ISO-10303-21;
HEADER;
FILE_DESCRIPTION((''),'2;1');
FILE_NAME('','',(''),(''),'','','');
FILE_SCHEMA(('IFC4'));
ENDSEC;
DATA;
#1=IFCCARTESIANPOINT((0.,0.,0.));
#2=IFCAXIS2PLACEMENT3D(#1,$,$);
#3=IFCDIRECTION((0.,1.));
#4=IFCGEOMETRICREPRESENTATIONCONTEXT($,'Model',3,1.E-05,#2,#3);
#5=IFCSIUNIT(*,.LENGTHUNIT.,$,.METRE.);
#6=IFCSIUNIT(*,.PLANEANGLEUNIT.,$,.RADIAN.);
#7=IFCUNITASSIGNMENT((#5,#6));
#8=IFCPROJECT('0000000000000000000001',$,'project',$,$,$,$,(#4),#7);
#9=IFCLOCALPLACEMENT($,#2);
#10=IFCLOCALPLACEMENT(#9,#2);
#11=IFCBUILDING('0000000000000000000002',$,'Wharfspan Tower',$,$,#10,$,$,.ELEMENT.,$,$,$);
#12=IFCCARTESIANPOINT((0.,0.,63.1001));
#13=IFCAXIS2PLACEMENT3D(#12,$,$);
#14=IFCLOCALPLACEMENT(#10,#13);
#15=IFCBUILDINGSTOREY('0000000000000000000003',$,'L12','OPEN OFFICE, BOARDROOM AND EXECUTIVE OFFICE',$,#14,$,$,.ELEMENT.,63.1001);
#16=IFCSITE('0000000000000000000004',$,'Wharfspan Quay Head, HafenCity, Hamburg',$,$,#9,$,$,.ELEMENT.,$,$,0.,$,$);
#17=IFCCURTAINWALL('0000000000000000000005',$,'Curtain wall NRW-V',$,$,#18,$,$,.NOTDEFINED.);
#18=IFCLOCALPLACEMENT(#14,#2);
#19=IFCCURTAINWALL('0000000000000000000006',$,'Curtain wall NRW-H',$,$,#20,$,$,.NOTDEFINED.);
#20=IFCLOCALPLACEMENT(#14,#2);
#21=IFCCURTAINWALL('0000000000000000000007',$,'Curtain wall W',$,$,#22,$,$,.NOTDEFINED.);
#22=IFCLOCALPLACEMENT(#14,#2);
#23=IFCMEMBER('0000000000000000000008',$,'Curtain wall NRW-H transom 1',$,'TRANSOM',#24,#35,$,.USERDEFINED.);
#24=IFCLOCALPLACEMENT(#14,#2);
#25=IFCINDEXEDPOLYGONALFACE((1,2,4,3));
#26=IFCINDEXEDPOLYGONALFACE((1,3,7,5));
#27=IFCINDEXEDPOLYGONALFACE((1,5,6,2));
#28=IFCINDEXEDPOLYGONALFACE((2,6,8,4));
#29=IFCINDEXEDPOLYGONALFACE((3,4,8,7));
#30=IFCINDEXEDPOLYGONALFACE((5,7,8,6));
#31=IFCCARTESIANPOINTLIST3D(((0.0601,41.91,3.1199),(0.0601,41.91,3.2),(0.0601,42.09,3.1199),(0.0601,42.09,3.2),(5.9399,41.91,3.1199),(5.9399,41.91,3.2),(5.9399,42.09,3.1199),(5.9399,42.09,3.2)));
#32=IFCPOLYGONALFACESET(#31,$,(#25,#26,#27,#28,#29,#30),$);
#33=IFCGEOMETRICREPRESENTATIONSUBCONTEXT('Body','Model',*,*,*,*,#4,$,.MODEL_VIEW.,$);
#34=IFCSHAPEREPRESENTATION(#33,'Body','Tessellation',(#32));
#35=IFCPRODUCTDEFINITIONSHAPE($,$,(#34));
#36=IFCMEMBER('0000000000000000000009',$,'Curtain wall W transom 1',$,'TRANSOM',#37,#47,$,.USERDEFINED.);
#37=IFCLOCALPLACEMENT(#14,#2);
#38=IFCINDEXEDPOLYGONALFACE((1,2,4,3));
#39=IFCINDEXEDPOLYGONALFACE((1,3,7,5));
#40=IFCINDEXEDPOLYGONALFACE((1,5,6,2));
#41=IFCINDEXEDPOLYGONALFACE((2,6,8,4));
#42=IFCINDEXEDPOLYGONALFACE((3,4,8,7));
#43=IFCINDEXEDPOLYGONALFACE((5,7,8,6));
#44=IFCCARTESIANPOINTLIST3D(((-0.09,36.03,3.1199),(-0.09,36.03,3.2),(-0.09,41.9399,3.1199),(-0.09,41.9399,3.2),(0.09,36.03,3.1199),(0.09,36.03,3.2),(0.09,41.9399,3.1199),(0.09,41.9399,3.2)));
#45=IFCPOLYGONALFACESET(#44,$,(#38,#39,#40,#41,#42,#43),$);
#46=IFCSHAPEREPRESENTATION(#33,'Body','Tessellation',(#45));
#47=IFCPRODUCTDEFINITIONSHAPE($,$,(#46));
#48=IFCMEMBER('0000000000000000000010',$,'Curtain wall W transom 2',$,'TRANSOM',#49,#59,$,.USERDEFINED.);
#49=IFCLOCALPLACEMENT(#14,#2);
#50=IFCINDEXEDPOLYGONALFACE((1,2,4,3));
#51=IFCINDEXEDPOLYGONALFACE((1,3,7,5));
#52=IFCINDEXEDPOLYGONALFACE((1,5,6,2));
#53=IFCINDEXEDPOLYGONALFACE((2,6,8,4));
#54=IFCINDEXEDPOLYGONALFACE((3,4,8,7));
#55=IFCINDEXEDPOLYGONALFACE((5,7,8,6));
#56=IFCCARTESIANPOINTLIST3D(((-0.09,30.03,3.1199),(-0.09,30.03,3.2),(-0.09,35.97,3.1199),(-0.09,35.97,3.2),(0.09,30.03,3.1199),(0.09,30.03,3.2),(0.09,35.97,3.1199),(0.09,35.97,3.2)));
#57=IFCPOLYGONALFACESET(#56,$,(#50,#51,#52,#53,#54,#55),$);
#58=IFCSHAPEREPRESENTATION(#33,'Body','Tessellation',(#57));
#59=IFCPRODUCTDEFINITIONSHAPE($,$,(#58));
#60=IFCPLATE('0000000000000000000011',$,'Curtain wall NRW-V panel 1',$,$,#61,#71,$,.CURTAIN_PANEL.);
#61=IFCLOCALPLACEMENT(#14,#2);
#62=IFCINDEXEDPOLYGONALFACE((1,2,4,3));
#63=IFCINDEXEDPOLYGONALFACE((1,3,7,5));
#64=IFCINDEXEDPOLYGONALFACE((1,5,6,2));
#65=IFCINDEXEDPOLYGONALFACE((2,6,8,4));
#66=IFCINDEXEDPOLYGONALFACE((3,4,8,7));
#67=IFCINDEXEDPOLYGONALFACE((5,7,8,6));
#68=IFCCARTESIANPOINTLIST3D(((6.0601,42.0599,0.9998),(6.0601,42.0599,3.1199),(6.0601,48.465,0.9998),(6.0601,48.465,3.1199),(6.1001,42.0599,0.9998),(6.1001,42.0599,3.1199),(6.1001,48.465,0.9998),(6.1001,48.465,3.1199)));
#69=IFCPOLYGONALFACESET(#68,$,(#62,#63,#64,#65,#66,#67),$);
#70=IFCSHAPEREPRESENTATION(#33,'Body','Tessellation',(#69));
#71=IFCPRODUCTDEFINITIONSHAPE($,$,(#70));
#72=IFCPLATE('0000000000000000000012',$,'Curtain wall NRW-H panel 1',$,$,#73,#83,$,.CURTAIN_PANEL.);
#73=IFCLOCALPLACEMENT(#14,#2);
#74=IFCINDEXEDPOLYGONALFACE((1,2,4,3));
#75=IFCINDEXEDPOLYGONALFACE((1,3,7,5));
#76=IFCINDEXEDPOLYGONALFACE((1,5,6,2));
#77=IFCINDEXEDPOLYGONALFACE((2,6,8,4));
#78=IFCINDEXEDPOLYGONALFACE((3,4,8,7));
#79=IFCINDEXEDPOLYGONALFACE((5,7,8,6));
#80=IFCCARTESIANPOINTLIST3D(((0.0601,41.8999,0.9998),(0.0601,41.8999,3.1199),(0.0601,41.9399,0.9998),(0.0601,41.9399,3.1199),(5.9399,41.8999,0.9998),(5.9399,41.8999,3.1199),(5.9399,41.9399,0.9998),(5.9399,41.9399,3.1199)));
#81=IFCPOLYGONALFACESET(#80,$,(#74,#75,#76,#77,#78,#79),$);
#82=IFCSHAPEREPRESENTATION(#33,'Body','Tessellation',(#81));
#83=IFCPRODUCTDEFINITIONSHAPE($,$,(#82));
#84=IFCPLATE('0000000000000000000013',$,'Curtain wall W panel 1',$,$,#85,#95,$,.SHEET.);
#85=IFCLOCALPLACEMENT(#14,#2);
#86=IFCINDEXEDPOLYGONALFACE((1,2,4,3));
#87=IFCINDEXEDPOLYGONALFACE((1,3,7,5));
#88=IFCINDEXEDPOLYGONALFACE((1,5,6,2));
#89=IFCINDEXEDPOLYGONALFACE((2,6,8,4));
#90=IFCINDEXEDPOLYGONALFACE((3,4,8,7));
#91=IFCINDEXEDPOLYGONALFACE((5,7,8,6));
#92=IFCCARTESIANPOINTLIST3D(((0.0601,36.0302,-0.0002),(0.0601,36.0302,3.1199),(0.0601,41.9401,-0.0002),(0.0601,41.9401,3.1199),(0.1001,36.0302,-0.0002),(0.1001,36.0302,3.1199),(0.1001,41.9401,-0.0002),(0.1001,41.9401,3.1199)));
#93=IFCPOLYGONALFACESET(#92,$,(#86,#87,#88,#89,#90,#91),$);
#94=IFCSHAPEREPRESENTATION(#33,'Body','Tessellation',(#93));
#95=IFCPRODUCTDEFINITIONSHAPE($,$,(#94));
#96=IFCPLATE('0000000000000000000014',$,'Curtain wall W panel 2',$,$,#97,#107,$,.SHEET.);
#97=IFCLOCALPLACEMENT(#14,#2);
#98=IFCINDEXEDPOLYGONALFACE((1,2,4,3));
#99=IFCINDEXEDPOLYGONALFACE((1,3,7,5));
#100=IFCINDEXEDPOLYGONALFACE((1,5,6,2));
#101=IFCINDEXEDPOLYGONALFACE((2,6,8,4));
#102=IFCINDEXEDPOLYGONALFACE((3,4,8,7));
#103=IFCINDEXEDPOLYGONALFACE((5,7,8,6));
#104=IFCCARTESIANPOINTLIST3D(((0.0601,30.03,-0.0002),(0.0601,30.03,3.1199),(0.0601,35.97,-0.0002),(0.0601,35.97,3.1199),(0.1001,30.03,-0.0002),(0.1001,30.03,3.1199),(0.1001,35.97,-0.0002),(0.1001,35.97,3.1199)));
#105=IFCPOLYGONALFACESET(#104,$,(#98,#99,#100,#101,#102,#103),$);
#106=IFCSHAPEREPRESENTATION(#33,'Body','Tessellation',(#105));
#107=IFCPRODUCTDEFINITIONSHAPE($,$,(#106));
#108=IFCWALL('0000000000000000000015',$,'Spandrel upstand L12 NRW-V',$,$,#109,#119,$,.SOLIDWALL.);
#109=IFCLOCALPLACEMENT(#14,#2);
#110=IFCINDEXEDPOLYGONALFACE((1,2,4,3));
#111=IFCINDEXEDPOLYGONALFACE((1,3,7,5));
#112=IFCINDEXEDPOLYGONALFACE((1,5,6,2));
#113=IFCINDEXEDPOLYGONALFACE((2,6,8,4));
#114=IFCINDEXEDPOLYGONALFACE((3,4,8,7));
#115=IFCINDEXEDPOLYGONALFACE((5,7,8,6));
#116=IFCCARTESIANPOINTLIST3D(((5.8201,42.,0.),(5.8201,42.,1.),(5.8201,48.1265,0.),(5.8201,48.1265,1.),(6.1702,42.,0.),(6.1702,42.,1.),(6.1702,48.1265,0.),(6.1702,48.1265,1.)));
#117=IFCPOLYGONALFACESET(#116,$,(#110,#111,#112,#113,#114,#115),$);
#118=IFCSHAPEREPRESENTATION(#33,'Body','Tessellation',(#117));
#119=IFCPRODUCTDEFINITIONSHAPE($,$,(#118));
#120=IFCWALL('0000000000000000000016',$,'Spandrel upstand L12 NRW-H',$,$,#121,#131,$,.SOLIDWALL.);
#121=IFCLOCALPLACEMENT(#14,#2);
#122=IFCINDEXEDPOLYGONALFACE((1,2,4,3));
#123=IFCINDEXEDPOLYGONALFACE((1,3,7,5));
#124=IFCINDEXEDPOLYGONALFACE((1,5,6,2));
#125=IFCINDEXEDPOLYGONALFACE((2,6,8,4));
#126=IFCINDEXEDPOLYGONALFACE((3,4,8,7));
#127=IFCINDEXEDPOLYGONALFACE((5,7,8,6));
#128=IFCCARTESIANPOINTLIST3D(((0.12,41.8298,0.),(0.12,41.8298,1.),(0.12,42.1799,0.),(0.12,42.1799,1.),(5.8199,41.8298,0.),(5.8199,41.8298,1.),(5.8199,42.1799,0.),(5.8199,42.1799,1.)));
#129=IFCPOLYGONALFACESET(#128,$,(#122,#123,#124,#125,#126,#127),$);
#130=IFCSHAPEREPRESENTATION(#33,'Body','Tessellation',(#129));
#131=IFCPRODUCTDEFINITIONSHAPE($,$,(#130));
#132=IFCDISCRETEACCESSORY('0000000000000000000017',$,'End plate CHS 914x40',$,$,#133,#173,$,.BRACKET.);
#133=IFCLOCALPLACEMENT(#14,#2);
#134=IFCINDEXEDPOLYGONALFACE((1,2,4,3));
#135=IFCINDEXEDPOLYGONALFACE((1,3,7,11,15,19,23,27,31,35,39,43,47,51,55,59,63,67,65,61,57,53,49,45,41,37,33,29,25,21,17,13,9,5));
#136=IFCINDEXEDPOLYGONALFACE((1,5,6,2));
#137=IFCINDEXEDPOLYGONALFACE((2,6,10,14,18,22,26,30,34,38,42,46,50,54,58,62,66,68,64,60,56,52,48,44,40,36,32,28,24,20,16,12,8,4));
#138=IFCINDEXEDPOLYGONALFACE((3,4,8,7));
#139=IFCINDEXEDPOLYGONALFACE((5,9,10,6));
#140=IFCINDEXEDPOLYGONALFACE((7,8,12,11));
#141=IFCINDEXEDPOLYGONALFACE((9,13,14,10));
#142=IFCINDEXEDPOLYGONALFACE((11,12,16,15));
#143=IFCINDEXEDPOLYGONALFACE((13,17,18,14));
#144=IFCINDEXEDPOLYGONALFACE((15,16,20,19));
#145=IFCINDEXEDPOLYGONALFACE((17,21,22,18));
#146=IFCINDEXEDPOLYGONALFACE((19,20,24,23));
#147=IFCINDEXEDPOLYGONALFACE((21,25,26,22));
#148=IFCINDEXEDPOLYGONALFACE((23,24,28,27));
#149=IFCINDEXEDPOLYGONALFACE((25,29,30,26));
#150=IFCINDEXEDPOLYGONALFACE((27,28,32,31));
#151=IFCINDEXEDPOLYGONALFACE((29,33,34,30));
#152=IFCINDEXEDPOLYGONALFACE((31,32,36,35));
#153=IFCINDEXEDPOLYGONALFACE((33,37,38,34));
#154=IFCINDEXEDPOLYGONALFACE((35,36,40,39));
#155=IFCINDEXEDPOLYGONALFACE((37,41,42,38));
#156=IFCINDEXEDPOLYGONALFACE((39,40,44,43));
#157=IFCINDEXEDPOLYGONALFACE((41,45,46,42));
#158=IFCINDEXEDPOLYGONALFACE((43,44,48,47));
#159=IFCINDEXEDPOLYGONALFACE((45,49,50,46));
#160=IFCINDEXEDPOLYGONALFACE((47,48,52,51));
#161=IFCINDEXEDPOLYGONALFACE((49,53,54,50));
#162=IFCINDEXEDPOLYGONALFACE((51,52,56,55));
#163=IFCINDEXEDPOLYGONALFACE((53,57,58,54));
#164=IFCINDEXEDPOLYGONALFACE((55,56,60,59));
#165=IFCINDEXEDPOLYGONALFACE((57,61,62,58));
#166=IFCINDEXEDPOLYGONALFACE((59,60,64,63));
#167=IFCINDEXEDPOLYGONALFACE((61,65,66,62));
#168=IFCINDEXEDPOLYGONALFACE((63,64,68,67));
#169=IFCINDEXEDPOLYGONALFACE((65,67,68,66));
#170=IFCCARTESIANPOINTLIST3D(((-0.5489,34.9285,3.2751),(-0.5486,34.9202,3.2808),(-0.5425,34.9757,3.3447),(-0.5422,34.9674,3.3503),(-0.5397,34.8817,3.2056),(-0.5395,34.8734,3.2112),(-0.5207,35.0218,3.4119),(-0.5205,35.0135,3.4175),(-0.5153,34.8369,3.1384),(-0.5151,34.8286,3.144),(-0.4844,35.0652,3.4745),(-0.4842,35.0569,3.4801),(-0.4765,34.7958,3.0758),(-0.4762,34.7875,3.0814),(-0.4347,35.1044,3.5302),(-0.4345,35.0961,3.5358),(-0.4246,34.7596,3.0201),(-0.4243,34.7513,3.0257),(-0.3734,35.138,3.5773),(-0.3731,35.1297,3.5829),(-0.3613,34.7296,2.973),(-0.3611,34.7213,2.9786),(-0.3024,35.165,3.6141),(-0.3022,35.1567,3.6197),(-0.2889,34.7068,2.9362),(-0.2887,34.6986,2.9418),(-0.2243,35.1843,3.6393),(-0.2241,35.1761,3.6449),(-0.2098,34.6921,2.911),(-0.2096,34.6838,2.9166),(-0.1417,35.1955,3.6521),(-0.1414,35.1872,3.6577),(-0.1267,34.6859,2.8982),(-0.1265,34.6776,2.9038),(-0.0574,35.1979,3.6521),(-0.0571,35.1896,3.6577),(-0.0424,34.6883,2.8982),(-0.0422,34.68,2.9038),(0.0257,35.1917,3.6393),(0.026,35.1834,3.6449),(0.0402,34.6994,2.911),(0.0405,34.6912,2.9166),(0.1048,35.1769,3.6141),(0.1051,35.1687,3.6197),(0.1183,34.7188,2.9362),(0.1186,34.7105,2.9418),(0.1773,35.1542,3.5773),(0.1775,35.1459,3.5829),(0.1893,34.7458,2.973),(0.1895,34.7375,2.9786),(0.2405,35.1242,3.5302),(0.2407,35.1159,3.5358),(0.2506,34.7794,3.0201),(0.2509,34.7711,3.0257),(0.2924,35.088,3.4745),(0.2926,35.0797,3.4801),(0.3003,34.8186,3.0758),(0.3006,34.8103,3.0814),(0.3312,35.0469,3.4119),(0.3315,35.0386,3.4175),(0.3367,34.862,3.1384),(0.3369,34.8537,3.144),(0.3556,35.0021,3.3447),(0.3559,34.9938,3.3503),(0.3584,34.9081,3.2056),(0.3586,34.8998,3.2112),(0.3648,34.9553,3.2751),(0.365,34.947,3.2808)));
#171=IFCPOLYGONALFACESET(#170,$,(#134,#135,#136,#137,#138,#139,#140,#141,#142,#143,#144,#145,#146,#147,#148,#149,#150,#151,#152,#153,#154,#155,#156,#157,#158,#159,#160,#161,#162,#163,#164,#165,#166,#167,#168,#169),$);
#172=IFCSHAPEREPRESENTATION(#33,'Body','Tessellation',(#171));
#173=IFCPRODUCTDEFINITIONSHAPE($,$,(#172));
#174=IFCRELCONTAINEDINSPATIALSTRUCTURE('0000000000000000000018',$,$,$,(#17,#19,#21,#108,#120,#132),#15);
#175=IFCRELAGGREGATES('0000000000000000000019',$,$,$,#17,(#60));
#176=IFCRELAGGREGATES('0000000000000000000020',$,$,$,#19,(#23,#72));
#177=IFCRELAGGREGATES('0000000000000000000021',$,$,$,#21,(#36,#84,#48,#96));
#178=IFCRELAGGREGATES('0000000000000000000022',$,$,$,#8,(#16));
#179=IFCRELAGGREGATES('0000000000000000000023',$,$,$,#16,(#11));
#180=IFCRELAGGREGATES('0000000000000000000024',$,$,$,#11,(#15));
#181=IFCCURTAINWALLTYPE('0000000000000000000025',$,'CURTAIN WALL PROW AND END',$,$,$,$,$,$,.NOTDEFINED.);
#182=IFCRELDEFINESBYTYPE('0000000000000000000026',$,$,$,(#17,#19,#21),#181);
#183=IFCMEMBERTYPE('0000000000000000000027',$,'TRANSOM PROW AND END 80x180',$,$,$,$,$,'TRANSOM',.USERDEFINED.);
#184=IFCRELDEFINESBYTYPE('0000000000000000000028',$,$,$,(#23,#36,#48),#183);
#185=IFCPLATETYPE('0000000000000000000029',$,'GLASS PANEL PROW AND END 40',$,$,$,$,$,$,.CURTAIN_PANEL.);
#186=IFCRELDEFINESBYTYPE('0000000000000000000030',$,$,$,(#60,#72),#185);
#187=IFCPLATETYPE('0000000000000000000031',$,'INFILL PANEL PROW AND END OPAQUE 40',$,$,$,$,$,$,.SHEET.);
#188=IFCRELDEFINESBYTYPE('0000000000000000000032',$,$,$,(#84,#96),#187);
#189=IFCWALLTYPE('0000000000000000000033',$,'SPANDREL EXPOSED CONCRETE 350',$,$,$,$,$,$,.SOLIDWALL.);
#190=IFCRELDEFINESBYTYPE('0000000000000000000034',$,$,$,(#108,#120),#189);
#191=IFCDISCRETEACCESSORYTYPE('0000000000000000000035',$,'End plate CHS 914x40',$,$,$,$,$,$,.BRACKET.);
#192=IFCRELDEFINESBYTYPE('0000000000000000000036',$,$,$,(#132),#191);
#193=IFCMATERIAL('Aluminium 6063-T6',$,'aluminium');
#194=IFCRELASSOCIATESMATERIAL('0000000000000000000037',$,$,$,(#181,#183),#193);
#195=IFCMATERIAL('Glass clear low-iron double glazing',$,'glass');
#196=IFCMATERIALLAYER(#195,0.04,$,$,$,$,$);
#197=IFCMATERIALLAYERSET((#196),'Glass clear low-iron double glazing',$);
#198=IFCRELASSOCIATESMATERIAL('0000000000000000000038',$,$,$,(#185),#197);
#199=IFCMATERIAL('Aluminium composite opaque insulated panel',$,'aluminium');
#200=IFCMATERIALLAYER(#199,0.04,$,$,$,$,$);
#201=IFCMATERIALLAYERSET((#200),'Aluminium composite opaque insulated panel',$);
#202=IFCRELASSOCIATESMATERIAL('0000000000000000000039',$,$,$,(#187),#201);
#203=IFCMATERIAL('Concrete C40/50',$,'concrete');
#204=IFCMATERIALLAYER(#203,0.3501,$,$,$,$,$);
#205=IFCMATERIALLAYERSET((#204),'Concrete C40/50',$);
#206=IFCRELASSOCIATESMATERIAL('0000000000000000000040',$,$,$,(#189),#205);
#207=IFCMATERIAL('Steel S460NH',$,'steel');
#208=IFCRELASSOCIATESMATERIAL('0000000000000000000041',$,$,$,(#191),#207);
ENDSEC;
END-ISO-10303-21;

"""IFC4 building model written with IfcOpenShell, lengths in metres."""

from ifc_helpers import new_model, si_unit, direction, frame, frame_2d, origin, origin_2d, place, context, subcontext, project, spatial, rectangle, circle, extrude, material, layer, layer_set, material_profile, profile_set, type_object, element, aggregate, save


model = new_model("IFC4")

# Units and contexts
model_context = context("Model", 3, precision=1e-05, world=origin(), true_north=direction((0.0, 1.0)))
body_context = subcontext(model_context, "Body", "Model", "MODEL_VIEW")
ifc_project = project(units=[si_unit("LENGTHUNIT", "METRE"), si_unit("PLANEANGLEUNIT", "RADIAN")], contexts=[model_context])

# Site, building, storey
site_placement = place(None, origin())
site = spatial("IfcSite", under=ifc_project, at=site_placement, Name="Wharfspan Quay Head, HafenCity, Hamburg", CompositionType="ELEMENT", RefElevation=0.0)
building_placement = place(site_placement, origin())
building = spatial("IfcBuilding", under=site, at=building_placement, Name="Wharfspan Tower", CompositionType="ELEMENT")
storey_placement = place(building_placement, frame((0.0, 0.0, 63.1001)))
storey = spatial("IfcBuildingStorey", under=building, at=storey_placement, Name="L12", Description="OPEN OFFICE, BOARDROOM AND EXECUTIVE OFFICE", CompositionType="ELEMENT", Elevation=63.1001)

# Curtain walls
ifc_material_1 = material(Name="Aluminium 6063-T6", Category="aluminium")
curtain_wall_type = type_object("IfcCurtainWallType", Name="CURTAIN WALL PROW AND END", PredefinedType="NOTDEFINED", material=ifc_material_1)
curtain_wall_1_placement = place(storey_placement, origin())
curtain_wall_1 = element("IfcCurtainWall", 1, at=curtain_wall_1_placement, inside=storey, type_object=curtain_wall_type, Name="Curtain wall NRW-V", PredefinedType="NOTDEFINED")
curtain_wall_2_placement = place(storey_placement, origin())
curtain_wall_2 = element("IfcCurtainWall", 2, at=curtain_wall_2_placement, inside=storey, type_object=curtain_wall_type, Name="Curtain wall NRW-H", PredefinedType="NOTDEFINED")
curtain_wall_3_placement = place(storey_placement, origin())
curtain_wall_3 = element("IfcCurtainWall", 3, at=curtain_wall_3_placement, inside=storey, type_object=curtain_wall_type, Name="Curtain wall W", PredefinedType="NOTDEFINED")

# Shared definitions
ifc_material_2 = material(Name="Steel S460NH", Category="steel")

# Members
ifc_material_profile_1 = material_profile(ifc_material_1, rectangle(XDim=0.1799, YDim=0.0801, at=origin_2d()))
ifc_profile_set_1 = profile_set([ifc_material_profile_1], Name="Aluminium 6063-T6")
member_type_1 = type_object("IfcMemberType", Name="TRANSOM PROW AND END 80x180", ElementType="TRANSOM", PredefinedType="USERDEFINED", material=ifc_profile_set_1)
member_1_placement = place(storey_placement, frame((5.9399, 42.0, 3.1599), z_axis=(-1.0, 0.0, 0.0), x_axis=(0.0, -1.0, 0.0)))
member_1 = element("IfcMember", 4, at=member_1_placement, type_object=member_type_1, Name="Curtain wall NRW-H transom 1", ObjectType="TRANSOM", PredefinedType="USERDEFINED", context=body_context, shape_type="SweptSolid", body=[
    extrude(rectangle(XDim=0.1799, YDim=0.0801, at=origin_2d()), origin(), (0.0, 0.0, 1.0), 5.8799),
])
member_2_placement = place(storey_placement, frame((0.0, 41.9399, 3.1599), z_axis=(0.0, -1.0, 0.0), x_axis=(1.0, 0.0, 0.0)))
member_2 = element("IfcMember", 5, at=member_2_placement, type_object=member_type_1, Name="Curtain wall W transom 1", ObjectType="TRANSOM", PredefinedType="USERDEFINED", context=body_context, shape_type="SweptSolid", body=[
    extrude(rectangle(XDim=0.1799, YDim=0.0801, at=origin_2d()), origin(), (0.0, 0.0, 1.0), 5.9099),
])
member_3_placement = place(storey_placement, frame((0.0, 35.97, 3.1599), z_axis=(0.0, -1.0, 0.0), x_axis=(1.0, 0.0, 0.0)))
member_3 = element("IfcMember", 6, at=member_3_placement, type_object=member_type_1, Name="Curtain wall W transom 2", ObjectType="TRANSOM", PredefinedType="USERDEFINED", context=body_context, shape_type="SweptSolid", body=[
    extrude(rectangle(XDim=0.1799, YDim=0.0801, at=origin_2d()), origin(), (0.0, 0.0, 1.0), 5.9399),
])

# Plates
ifc_material_3 = material(Name="Glass clear low-iron double glazing", Category="glass")
ifc_layer_1 = layer(ifc_material_3, 0.04)
ifc_layer_set_1 = layer_set([ifc_layer_1], Name="Glass clear low-iron double glazing")
plate_type_1 = type_object("IfcPlateType", Name="GLASS PANEL PROW AND END 40", PredefinedType="CURTAIN_PANEL", material=ifc_layer_set_1)
plate_1_placement = place(storey_placement, frame((6.0801, 45.2625, 0.9998), z_axis=(0.0, 0.0, 1.0), x_axis=(0.0, -1.0, 0.0)))
plate_1 = element("IfcPlate", 7, at=plate_1_placement, type_object=plate_type_1, Name="Curtain wall NRW-V panel 1", PredefinedType="CURTAIN_PANEL", context=body_context, shape_type="SweptSolid", body=[
    extrude(rectangle(XDim=6.405, YDim=0.04, at=origin_2d()), origin(), (0.0, 0.0, 1.0), 2.1201),
])
aggregate(curtain_wall_1, [plate_1])
plate_2_placement = place(storey_placement, frame((3.0, 41.9199, 0.9998), z_axis=(0.0, 0.0, 1.0), x_axis=(-1.0, 0.0, 0.0)))
plate_2 = element("IfcPlate", 8, at=plate_2_placement, type_object=plate_type_1, Name="Curtain wall NRW-H panel 1", PredefinedType="CURTAIN_PANEL", context=body_context, shape_type="SweptSolid", body=[
    extrude(rectangle(XDim=5.8799, YDim=0.04, at=origin_2d()), origin(), (0.0, 0.0, 1.0), 2.1201),
])
aggregate(curtain_wall_2, [member_1, plate_2])
ifc_material_4 = material(Name="Aluminium composite opaque insulated panel", Category="aluminium")
ifc_layer_2 = layer(ifc_material_4, 0.04)
ifc_layer_set_2 = layer_set([ifc_layer_2], Name="Aluminium composite opaque insulated panel")
plate_type_2 = type_object("IfcPlateType", Name="INFILL PANEL PROW AND END OPAQUE 40", PredefinedType="SHEET", material=ifc_layer_set_2)
plate_3_placement = place(storey_placement, frame((0.0801, 38.9851, -0.0002), z_axis=(0.0, 0.0, 1.0), x_axis=(0.0, -1.0, 0.0)))
plate_3 = element("IfcPlate", 9, at=plate_3_placement, type_object=plate_type_2, Name="Curtain wall W panel 1", PredefinedType="SHEET", context=body_context, shape_type="SweptSolid", body=[
    extrude(rectangle(XDim=5.9099, YDim=0.04, at=origin_2d()), origin(), (0.0, 0.0, 1.0), 3.1201),
])
plate_4_placement = place(storey_placement, frame((0.0801, 33.0, -0.0002), z_axis=(0.0, 0.0, 1.0), x_axis=(0.0, -1.0, 0.0)))
plate_4 = element("IfcPlate", 10, at=plate_4_placement, type_object=plate_type_2, Name="Curtain wall W panel 2", PredefinedType="SHEET", context=body_context, shape_type="SweptSolid", body=[
    extrude(rectangle(XDim=5.9399, YDim=0.04, at=origin_2d()), origin(), (0.0, 0.0, 1.0), 3.1201),
])
aggregate(curtain_wall_3, [member_2, plate_3, member_3, plate_4])

# Walls
ifc_material_5 = material(Name="Concrete C40/50", Category="concrete")
ifc_layer_3 = layer(ifc_material_5, 0.3501)
ifc_layer_set_3 = layer_set([ifc_layer_3], Name="Concrete C40/50")
wall_type = type_object("IfcWallType", Name="SPANDREL EXPOSED CONCRETE 350", PredefinedType="SOLIDWALL", material=ifc_layer_set_3)
wall_1_placement = place(storey_placement, frame((5.9951, 48.1265, 0.0), z_axis=(0.0, 0.0, 1.0), x_axis=(0.0, -1.0, 0.0)))
element("IfcWall", 11, at=wall_1_placement, inside=storey, type_object=wall_type, Name="Spandrel upstand L12 NRW-V", PredefinedType="SOLIDWALL", context=body_context, shape_type="SweptSolid", body=[
    extrude(rectangle(XDim=6.1265, YDim=0.3501, at=frame_2d((3.0632, 0.0))), origin(), (0.0, 0.0, 1.0), 1.0),
])
wall_2_placement = place(storey_placement, frame((5.8201, 42.0049, 0.0), z_axis=(0.0, 0.0, 1.0), x_axis=(-1.0, 0.0, 0.0)))
element("IfcWall", 12, at=wall_2_placement, inside=storey, type_object=wall_type, Name="Spandrel upstand L12 NRW-H", PredefinedType="SOLIDWALL", context=body_context, shape_type="SweptSolid", body=[
    extrude(rectangle(XDim=5.7, YDim=0.3501, at=frame_2d((2.8501, 0.0))), origin(), (0.0, 0.0, 1.0), 1.0),
])

# Discrete accessory
ifc_material_profile_2 = material_profile(ifc_material_2, circle(Radius=0.457, at=origin_2d()))
ifc_profile_set_2 = profile_set([ifc_material_profile_2], Name="Steel S460NH")
discrete_accessory_type = type_object("IfcDiscreteAccessoryType", Name="End plate CHS 914x40", PredefinedType="BRACKET", material=ifc_profile_set_2)
for number, where, z_axis, x_axis, name in (
    (13, (-0.092, 34.9419, 3.2751), (0.024354, -0.828038, 0.560143), (0.999568, 0.029399, 0.0), "End plate CHS 914x40"),
):
    element("IfcDiscreteAccessory", number, at=place(storey_placement, frame(where, z_axis=z_axis, x_axis=x_axis)), inside=storey, type_object=discrete_accessory_type, Name=name, PredefinedType="BRACKET", context=body_context, shape_type="SweptSolid", body=[
        extrude(circle(Radius=0.457, at=origin_2d()), origin(), (0.0, 0.0, 1.0), 0.01),
    ])

save(model, "model.ifc")
